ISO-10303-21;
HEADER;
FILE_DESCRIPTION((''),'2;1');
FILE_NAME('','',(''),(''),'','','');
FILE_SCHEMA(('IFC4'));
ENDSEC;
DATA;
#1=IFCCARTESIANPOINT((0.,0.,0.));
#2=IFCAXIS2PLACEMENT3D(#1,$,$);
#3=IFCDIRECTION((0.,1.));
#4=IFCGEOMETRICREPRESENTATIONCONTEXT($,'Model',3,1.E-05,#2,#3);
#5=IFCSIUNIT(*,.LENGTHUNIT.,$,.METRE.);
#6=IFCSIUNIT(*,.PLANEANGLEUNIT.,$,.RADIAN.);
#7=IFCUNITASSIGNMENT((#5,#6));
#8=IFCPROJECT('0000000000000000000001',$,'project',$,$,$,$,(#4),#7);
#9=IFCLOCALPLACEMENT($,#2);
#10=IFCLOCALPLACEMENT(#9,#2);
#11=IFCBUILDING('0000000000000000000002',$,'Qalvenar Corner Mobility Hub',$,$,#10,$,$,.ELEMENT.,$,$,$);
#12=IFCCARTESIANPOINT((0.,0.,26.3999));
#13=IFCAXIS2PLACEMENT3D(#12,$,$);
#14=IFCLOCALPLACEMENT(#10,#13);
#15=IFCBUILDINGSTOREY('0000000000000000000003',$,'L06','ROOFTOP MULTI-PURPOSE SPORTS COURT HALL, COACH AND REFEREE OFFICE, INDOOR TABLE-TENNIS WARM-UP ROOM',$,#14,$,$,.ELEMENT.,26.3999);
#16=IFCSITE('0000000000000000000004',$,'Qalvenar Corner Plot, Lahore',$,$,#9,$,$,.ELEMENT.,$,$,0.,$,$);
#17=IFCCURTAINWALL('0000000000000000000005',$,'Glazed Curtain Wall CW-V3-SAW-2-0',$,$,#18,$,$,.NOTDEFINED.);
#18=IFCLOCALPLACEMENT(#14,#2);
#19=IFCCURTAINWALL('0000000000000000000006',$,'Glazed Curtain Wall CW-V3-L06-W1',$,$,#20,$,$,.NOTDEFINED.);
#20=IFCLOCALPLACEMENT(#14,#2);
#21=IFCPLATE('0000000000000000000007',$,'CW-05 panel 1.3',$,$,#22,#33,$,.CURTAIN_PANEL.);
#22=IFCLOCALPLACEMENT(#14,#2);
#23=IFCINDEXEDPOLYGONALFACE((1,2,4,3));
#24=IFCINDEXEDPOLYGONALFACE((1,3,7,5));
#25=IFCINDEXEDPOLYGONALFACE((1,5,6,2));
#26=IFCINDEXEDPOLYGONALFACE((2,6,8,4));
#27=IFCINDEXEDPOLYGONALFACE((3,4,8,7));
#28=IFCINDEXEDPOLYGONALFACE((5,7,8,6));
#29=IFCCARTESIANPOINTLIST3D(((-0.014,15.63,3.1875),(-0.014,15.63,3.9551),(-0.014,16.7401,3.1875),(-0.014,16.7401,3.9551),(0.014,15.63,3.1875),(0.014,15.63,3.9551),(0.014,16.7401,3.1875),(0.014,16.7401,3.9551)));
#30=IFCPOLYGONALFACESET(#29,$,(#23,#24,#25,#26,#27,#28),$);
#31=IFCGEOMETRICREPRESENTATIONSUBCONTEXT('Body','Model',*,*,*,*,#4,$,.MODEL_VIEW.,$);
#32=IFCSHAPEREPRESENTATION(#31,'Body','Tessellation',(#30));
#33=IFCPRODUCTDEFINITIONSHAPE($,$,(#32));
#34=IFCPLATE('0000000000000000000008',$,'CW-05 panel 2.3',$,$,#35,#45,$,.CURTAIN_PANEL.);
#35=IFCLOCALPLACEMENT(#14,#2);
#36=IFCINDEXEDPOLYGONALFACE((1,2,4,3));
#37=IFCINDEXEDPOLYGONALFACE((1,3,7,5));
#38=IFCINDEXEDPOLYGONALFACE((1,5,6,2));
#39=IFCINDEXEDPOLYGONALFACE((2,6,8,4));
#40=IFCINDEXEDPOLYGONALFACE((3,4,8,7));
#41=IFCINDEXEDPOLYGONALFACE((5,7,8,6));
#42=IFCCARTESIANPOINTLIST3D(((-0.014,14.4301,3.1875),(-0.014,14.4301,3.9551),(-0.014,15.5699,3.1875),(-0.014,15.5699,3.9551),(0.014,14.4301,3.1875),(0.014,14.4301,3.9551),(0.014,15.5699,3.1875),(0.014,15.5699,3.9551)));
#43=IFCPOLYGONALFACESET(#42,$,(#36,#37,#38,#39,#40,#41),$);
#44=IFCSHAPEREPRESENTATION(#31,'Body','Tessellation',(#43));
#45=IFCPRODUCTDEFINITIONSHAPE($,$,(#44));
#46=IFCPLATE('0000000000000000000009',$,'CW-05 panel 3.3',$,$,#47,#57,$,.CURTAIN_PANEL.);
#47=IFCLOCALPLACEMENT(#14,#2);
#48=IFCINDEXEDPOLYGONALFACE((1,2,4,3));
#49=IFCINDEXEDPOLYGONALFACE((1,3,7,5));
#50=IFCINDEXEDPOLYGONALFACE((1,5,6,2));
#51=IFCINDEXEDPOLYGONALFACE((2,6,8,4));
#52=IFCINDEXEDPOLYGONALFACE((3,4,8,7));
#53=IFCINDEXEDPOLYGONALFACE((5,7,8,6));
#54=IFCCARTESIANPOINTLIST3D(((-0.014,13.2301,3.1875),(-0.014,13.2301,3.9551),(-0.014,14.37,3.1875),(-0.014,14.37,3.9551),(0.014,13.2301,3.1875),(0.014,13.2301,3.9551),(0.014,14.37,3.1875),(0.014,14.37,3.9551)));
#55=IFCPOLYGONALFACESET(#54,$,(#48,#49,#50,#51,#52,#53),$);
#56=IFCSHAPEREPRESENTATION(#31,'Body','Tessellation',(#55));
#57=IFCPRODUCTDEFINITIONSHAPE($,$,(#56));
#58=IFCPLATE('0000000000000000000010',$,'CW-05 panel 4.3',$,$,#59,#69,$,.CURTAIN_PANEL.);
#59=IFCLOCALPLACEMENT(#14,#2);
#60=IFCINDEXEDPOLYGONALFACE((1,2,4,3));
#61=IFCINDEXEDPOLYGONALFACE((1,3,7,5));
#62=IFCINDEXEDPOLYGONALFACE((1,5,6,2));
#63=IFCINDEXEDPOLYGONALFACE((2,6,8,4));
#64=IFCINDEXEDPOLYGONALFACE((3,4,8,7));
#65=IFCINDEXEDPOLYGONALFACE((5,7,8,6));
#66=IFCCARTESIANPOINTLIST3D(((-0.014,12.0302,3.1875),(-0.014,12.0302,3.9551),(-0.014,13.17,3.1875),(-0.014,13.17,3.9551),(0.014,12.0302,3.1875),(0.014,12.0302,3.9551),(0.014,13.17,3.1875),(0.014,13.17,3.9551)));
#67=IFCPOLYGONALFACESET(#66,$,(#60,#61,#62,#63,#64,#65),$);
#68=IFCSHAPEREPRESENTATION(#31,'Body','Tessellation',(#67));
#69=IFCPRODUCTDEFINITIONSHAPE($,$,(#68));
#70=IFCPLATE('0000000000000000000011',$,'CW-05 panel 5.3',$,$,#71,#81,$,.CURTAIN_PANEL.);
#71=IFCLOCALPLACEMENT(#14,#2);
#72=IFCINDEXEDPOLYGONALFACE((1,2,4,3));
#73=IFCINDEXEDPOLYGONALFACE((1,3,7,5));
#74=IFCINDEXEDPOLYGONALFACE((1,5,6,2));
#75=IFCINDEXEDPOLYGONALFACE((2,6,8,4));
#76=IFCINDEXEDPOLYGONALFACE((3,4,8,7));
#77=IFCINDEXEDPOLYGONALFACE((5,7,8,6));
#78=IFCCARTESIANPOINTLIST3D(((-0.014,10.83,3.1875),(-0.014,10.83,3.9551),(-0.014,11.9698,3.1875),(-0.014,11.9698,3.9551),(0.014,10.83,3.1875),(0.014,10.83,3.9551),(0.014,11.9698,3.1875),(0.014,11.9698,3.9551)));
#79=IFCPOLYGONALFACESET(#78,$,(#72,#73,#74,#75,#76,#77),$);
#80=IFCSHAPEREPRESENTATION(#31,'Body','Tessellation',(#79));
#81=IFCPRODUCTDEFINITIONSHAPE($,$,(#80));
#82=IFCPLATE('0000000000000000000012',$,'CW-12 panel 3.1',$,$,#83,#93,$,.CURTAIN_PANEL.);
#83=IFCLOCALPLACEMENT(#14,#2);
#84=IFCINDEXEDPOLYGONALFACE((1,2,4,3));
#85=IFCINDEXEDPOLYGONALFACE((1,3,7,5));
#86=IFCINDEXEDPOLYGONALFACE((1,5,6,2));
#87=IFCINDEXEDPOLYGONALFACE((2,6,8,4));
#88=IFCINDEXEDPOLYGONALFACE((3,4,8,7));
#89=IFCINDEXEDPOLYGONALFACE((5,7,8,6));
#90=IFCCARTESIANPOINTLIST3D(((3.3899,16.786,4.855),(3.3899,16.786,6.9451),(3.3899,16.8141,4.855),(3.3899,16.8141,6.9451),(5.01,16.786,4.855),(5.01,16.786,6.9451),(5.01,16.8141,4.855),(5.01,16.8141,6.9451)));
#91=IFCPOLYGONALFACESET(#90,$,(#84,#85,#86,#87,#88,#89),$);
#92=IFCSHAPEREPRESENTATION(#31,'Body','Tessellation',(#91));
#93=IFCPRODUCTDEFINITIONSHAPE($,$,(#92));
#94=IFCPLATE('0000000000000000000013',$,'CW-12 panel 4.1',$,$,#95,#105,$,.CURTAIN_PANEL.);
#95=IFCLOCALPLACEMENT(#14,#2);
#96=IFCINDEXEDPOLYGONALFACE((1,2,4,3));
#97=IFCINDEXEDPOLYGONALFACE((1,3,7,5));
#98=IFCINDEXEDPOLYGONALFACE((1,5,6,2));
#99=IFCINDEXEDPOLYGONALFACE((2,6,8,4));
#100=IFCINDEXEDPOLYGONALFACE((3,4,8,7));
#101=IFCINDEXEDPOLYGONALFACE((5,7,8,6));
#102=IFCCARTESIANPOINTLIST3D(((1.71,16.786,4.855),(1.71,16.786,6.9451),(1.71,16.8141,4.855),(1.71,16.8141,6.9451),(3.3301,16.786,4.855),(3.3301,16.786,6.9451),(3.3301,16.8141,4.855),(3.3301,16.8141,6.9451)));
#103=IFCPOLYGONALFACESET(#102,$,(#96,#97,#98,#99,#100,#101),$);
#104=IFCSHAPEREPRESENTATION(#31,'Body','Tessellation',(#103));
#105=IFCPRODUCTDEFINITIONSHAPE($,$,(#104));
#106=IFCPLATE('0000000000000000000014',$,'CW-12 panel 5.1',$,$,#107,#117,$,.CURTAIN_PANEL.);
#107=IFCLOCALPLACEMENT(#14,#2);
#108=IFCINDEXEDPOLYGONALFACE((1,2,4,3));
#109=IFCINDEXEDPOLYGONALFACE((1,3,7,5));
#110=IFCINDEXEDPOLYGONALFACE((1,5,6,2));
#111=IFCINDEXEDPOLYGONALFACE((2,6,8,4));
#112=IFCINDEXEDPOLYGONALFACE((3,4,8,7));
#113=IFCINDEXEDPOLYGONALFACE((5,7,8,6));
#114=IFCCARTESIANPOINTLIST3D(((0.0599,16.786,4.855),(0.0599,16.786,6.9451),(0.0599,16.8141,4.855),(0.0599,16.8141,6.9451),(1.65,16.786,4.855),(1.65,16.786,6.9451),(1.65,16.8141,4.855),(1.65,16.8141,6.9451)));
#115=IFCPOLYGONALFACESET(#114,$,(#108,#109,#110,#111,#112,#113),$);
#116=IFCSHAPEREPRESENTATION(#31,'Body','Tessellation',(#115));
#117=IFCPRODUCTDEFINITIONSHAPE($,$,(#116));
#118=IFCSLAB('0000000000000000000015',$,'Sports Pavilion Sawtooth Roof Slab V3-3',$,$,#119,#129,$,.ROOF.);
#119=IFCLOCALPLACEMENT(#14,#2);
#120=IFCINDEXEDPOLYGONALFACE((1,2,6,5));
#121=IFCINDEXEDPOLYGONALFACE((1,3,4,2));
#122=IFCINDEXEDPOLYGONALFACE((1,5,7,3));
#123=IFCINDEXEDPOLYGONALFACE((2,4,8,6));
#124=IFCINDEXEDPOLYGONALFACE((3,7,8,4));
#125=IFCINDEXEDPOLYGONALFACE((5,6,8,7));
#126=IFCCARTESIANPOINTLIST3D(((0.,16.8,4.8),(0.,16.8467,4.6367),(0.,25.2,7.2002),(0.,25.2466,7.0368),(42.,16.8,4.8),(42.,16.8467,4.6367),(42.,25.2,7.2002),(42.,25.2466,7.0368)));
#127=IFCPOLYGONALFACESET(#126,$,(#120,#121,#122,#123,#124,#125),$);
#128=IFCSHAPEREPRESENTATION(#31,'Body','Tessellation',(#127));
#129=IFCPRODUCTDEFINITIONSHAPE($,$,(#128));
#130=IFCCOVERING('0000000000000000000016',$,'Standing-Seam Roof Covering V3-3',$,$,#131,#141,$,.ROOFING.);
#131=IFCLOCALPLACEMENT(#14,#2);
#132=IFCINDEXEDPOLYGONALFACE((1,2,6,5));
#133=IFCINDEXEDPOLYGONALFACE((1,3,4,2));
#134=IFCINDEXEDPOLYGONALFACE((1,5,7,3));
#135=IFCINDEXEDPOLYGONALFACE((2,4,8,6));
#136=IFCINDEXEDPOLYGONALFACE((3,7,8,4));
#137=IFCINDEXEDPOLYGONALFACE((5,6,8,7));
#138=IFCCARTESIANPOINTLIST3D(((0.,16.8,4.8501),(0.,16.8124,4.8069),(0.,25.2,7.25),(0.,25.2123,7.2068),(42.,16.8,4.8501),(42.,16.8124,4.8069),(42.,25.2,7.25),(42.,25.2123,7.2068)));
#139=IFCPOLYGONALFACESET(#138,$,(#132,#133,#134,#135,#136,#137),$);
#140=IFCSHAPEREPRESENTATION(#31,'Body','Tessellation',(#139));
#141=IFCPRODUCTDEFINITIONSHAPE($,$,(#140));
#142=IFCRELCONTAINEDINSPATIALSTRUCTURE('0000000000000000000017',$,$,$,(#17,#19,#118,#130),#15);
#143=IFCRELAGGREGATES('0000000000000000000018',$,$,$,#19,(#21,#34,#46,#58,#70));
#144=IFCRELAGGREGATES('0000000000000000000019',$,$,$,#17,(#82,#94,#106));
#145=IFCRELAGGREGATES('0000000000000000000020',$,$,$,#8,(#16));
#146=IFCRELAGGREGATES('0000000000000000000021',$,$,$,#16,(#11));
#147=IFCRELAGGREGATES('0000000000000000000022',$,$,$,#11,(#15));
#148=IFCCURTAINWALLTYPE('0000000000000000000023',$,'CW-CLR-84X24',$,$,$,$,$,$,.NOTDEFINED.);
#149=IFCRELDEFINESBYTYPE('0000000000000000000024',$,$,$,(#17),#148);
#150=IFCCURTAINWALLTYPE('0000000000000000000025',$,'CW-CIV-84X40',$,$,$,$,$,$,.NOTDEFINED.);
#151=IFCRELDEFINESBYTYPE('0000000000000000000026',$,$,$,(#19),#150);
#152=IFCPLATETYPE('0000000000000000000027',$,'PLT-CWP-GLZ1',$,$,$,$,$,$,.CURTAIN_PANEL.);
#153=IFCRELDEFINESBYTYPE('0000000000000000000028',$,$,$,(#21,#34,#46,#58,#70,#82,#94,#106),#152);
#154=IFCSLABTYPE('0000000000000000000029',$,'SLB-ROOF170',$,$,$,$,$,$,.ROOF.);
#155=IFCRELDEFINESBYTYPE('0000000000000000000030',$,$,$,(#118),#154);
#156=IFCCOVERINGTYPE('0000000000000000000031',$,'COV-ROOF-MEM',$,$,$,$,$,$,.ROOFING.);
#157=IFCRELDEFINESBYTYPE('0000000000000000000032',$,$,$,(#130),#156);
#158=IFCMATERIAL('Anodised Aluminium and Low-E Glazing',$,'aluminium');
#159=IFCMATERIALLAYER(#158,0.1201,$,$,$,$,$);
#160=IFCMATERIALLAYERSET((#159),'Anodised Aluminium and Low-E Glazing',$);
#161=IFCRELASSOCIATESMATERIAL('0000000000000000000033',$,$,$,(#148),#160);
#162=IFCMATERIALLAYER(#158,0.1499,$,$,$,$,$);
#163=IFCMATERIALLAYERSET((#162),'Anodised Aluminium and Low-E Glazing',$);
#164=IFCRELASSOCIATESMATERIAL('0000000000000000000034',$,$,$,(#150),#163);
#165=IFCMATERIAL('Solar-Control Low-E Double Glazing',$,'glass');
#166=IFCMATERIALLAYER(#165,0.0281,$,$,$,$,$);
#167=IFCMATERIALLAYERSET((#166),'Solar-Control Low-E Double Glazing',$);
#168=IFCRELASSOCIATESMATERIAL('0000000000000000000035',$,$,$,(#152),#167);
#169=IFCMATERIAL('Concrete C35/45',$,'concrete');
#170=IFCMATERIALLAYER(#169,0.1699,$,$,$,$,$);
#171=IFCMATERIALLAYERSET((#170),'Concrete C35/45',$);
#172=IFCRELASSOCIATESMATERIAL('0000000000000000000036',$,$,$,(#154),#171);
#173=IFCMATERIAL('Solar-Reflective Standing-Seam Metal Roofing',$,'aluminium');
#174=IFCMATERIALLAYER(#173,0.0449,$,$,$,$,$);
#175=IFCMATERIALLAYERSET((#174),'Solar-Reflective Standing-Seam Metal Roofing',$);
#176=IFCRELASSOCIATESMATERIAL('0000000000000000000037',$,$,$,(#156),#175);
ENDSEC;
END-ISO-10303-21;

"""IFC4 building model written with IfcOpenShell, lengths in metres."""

from ifc_helpers import new_model, si_unit, direction, frame, origin, origin_2d, place, context, subcontext, project, spatial, polyline, rectangle, outline, extrude, material, layer, layer_set, type_object, element, aggregate, save


model = new_model("IFC4")

# Units and contexts
model_context = context("Model", 3, precision=1e-05, world=origin(), true_north=direction((0.0, 1.0)))
body_context = subcontext(model_context, "Body", "Model", "MODEL_VIEW")
ifc_project = project(units=[si_unit("LENGTHUNIT", "METRE"), si_unit("PLANEANGLEUNIT", "RADIAN")], contexts=[model_context])

# Site, building, storey
site_placement = place(None, origin())
site = spatial("IfcSite", under=ifc_project, at=site_placement, Name="Qalvenar Corner Plot, Lahore", CompositionType="ELEMENT", RefElevation=0.0)
building_placement = place(site_placement, origin())
building = spatial("IfcBuilding", under=site, at=building_placement, Name="Qalvenar Corner Mobility Hub", CompositionType="ELEMENT")
storey_placement = place(building_placement, frame((0.0, 0.0, 26.3999)))
storey = spatial("IfcBuildingStorey", under=building, at=storey_placement, Name="L06", Description="ROOFTOP MULTI-PURPOSE SPORTS COURT HALL, COACH AND REFEREE OFFICE, INDOOR TABLE-TENNIS WARM-UP ROOM", CompositionType="ELEMENT", Elevation=26.3999)

# Curtain walls
ifc_material_1 = material(Name="Anodised Aluminium and Low-E Glazing", Category="aluminium")
ifc_layer_1 = layer(ifc_material_1, 0.1201)
ifc_layer_set_1 = layer_set([ifc_layer_1], Name="Anodised Aluminium and Low-E Glazing")
curtain_wall_type_1 = type_object("IfcCurtainWallType", Name="CW-CLR-84X24", PredefinedType="NOTDEFINED", material=ifc_layer_set_1)
curtain_wall_1_placement = place(storey_placement, origin())
curtain_wall_1 = element("IfcCurtainWall", 1, at=curtain_wall_1_placement, inside=storey, type_object=curtain_wall_type_1, Name="Glazed Curtain Wall CW-V3-SAW-2-0", PredefinedType="NOTDEFINED")
ifc_layer_2 = layer(ifc_material_1, 0.1499)
ifc_layer_set_2 = layer_set([ifc_layer_2], Name="Anodised Aluminium and Low-E Glazing")
curtain_wall_type_2 = type_object("IfcCurtainWallType", Name="CW-CIV-84X40", PredefinedType="NOTDEFINED", material=ifc_layer_set_2)
curtain_wall_2_placement = place(storey_placement, origin())
curtain_wall_2 = element("IfcCurtainWall", 2, at=curtain_wall_2_placement, inside=storey, type_object=curtain_wall_type_2, Name="Glazed Curtain Wall CW-V3-L06-W1", PredefinedType="NOTDEFINED")

# Plates
ifc_material_2 = material(Name="Solar-Control Low-E Double Glazing", Category="glass")
ifc_layer_3 = layer(ifc_material_2, 0.0281)
ifc_layer_set_3 = layer_set([ifc_layer_3], Name="Solar-Control Low-E Double Glazing")
plate_type = type_object("IfcPlateType", Name="PLT-CWP-GLZ1", PredefinedType="CURTAIN_PANEL", material=ifc_layer_set_3)
plate_1_placement = place(storey_placement, frame((0.0, 16.1851, 3.1875), z_axis=(0.0, 0.0, 1.0), x_axis=(0.0, -1.0, 0.0)))
plate_1 = element("IfcPlate", 3, at=plate_1_placement, type_object=plate_type, Name="CW-05 panel 1.3", PredefinedType="CURTAIN_PANEL", context=body_context, shape_type="SweptSolid", body=[
    extrude(rectangle(XDim=1.1101, YDim=0.0281, at=origin_2d()), origin(), (0.0, 0.0, 1.0), 0.7676),
])
plate_2_placement = place(storey_placement, frame((0.0, 15.0, 3.1875), z_axis=(0.0, 0.0, 1.0), x_axis=(0.0, -1.0, 0.0)))
plate_2 = element("IfcPlate", 4, at=plate_2_placement, type_object=plate_type, Name="CW-05 panel 2.3", PredefinedType="CURTAIN_PANEL", context=body_context, shape_type="SweptSolid", body=[
    extrude(rectangle(XDim=1.1399, YDim=0.0281, at=origin_2d()), origin(), (0.0, 0.0, 1.0), 0.7676),
])
plate_3_placement = place(storey_placement, frame((0.0, 13.8, 3.1875), z_axis=(0.0, 0.0, 1.0), x_axis=(0.0, -1.0, 0.0)))
plate_3 = element("IfcPlate", 5, at=plate_3_placement, type_object=plate_type, Name="CW-05 panel 3.3", PredefinedType="CURTAIN_PANEL", context=body_context, shape_type="SweptSolid", body=[
    extrude(rectangle(XDim=1.1399, YDim=0.0281, at=origin_2d()), origin(), (0.0, 0.0, 1.0), 0.7676),
])
plate_4_placement = place(storey_placement, frame((0.0, 12.6001, 3.1875), z_axis=(0.0, 0.0, 1.0), x_axis=(0.0, -1.0, 0.0)))
plate_4 = element("IfcPlate", 6, at=plate_4_placement, type_object=plate_type, Name="CW-05 panel 4.3", PredefinedType="CURTAIN_PANEL", context=body_context, shape_type="SweptSolid", body=[
    extrude(rectangle(XDim=1.1399, YDim=0.0281, at=origin_2d()), origin(), (0.0, 0.0, 1.0), 0.7676),
])
plate_5_placement = place(storey_placement, frame((0.0, 11.3999, 3.1875), z_axis=(0.0, 0.0, 1.0), x_axis=(0.0, -1.0, 0.0)))
plate_5 = element("IfcPlate", 7, at=plate_5_placement, type_object=plate_type, Name="CW-05 panel 5.3", PredefinedType="CURTAIN_PANEL", context=body_context, shape_type="SweptSolid", body=[
    extrude(rectangle(XDim=1.1399, YDim=0.0281, at=origin_2d()), origin(), (0.0, 0.0, 1.0), 0.7676),
])
aggregate(curtain_wall_2, [plate_1, plate_2, plate_3, plate_4, plate_5])
plate_6_placement = place(storey_placement, frame((4.2, 16.8, 4.855), z_axis=(0.0, 0.0, 1.0), x_axis=(-1.0, 0.0, 0.0)))
plate_6 = element("IfcPlate", 8, at=plate_6_placement, type_object=plate_type, Name="CW-12 panel 3.1", PredefinedType="CURTAIN_PANEL", context=body_context, shape_type="SweptSolid", body=[
    extrude(rectangle(XDim=1.6201, YDim=0.0281, at=origin_2d()), origin(), (0.0, 0.0, 1.0), 2.0901),
])
plate_7_placement = place(storey_placement, frame((2.52, 16.8, 4.855), z_axis=(0.0, 0.0, 1.0), x_axis=(-1.0, 0.0, 0.0)))
plate_7 = element("IfcPlate", 9, at=plate_7_placement, type_object=plate_type, Name="CW-12 panel 4.1", PredefinedType="CURTAIN_PANEL", context=body_context, shape_type="SweptSolid", body=[
    extrude(rectangle(XDim=1.6201, YDim=0.0281, at=origin_2d()), origin(), (0.0, 0.0, 1.0), 2.0901),
])
plate_8_placement = place(storey_placement, frame((0.855, 16.8, 4.855), z_axis=(0.0, 0.0, 1.0), x_axis=(-1.0, 0.0, 0.0)))
plate_8 = element("IfcPlate", 10, at=plate_8_placement, type_object=plate_type, Name="CW-12 panel 5.1", PredefinedType="CURTAIN_PANEL", context=body_context, shape_type="SweptSolid", body=[
    extrude(rectangle(XDim=1.5901, YDim=0.0281, at=origin_2d()), origin(), (0.0, 0.0, 1.0), 2.0901),
])
aggregate(curtain_wall_1, [plate_6, plate_7, plate_8])

# Slab
ifc_material_3 = material(Name="Concrete C35/45", Category="concrete")
ifc_layer_4 = layer(ifc_material_3, 0.1699)
ifc_layer_set_4 = layer_set([ifc_layer_4], Name="Concrete C35/45")
slab_type = type_object("IfcSlabType", Name="SLB-ROOF170", PredefinedType="ROOF", material=ifc_layer_set_4)
slab_placement = place(storey_placement, frame((0.0, 16.8, 4.8), z_axis=(0.0, -0.27474, 0.961519), x_axis=(1.0, 0.0, 0.0)))
element("IfcSlab", 11, at=slab_placement, inside=storey, type_object=slab_type, Name="Sports Pavilion Sawtooth Roof Slab V3-3", PredefinedType="ROOF", context=body_context, shape_type="SweptSolid", body=[
    extrude(outline(polyline([(0.0, 0.0), (42.0, 0.0), (42.0, 8.7361), (0.0, 8.7361), (0.0, 0.0)])), origin(), (0.0, 0.0, -1.0), 0.1699),
])

# Covering
ifc_material_4 = material(Name="Solar-Reflective Standing-Seam Metal Roofing", Category="aluminium")
ifc_layer_5 = layer(ifc_material_4, 0.0449)
ifc_layer_set_5 = layer_set([ifc_layer_5], Name="Solar-Reflective Standing-Seam Metal Roofing")
covering_type = type_object("IfcCoveringType", Name="COV-ROOF-MEM", PredefinedType="ROOFING", material=ifc_layer_set_5)
covering_placement = place(storey_placement, frame((0.0, 16.8, 4.8501), z_axis=(0.0, -0.274714, 0.961526), x_axis=(1.0, 0.0, 0.0)))
element("IfcCovering", 12, at=covering_placement, inside=storey, type_object=covering_type, Name="Standing-Seam Roof Covering V3-3", PredefinedType="ROOFING", context=body_context, shape_type="SweptSolid", body=[
    extrude(outline(polyline([(0.0, 0.0), (42.0, 0.0), (42.0, 8.736), (0.0, 8.736), (0.0, 0.0)])), origin(), (0.0, 0.0, -1.0), 0.0449),
])

save(model, "model.ifc")
